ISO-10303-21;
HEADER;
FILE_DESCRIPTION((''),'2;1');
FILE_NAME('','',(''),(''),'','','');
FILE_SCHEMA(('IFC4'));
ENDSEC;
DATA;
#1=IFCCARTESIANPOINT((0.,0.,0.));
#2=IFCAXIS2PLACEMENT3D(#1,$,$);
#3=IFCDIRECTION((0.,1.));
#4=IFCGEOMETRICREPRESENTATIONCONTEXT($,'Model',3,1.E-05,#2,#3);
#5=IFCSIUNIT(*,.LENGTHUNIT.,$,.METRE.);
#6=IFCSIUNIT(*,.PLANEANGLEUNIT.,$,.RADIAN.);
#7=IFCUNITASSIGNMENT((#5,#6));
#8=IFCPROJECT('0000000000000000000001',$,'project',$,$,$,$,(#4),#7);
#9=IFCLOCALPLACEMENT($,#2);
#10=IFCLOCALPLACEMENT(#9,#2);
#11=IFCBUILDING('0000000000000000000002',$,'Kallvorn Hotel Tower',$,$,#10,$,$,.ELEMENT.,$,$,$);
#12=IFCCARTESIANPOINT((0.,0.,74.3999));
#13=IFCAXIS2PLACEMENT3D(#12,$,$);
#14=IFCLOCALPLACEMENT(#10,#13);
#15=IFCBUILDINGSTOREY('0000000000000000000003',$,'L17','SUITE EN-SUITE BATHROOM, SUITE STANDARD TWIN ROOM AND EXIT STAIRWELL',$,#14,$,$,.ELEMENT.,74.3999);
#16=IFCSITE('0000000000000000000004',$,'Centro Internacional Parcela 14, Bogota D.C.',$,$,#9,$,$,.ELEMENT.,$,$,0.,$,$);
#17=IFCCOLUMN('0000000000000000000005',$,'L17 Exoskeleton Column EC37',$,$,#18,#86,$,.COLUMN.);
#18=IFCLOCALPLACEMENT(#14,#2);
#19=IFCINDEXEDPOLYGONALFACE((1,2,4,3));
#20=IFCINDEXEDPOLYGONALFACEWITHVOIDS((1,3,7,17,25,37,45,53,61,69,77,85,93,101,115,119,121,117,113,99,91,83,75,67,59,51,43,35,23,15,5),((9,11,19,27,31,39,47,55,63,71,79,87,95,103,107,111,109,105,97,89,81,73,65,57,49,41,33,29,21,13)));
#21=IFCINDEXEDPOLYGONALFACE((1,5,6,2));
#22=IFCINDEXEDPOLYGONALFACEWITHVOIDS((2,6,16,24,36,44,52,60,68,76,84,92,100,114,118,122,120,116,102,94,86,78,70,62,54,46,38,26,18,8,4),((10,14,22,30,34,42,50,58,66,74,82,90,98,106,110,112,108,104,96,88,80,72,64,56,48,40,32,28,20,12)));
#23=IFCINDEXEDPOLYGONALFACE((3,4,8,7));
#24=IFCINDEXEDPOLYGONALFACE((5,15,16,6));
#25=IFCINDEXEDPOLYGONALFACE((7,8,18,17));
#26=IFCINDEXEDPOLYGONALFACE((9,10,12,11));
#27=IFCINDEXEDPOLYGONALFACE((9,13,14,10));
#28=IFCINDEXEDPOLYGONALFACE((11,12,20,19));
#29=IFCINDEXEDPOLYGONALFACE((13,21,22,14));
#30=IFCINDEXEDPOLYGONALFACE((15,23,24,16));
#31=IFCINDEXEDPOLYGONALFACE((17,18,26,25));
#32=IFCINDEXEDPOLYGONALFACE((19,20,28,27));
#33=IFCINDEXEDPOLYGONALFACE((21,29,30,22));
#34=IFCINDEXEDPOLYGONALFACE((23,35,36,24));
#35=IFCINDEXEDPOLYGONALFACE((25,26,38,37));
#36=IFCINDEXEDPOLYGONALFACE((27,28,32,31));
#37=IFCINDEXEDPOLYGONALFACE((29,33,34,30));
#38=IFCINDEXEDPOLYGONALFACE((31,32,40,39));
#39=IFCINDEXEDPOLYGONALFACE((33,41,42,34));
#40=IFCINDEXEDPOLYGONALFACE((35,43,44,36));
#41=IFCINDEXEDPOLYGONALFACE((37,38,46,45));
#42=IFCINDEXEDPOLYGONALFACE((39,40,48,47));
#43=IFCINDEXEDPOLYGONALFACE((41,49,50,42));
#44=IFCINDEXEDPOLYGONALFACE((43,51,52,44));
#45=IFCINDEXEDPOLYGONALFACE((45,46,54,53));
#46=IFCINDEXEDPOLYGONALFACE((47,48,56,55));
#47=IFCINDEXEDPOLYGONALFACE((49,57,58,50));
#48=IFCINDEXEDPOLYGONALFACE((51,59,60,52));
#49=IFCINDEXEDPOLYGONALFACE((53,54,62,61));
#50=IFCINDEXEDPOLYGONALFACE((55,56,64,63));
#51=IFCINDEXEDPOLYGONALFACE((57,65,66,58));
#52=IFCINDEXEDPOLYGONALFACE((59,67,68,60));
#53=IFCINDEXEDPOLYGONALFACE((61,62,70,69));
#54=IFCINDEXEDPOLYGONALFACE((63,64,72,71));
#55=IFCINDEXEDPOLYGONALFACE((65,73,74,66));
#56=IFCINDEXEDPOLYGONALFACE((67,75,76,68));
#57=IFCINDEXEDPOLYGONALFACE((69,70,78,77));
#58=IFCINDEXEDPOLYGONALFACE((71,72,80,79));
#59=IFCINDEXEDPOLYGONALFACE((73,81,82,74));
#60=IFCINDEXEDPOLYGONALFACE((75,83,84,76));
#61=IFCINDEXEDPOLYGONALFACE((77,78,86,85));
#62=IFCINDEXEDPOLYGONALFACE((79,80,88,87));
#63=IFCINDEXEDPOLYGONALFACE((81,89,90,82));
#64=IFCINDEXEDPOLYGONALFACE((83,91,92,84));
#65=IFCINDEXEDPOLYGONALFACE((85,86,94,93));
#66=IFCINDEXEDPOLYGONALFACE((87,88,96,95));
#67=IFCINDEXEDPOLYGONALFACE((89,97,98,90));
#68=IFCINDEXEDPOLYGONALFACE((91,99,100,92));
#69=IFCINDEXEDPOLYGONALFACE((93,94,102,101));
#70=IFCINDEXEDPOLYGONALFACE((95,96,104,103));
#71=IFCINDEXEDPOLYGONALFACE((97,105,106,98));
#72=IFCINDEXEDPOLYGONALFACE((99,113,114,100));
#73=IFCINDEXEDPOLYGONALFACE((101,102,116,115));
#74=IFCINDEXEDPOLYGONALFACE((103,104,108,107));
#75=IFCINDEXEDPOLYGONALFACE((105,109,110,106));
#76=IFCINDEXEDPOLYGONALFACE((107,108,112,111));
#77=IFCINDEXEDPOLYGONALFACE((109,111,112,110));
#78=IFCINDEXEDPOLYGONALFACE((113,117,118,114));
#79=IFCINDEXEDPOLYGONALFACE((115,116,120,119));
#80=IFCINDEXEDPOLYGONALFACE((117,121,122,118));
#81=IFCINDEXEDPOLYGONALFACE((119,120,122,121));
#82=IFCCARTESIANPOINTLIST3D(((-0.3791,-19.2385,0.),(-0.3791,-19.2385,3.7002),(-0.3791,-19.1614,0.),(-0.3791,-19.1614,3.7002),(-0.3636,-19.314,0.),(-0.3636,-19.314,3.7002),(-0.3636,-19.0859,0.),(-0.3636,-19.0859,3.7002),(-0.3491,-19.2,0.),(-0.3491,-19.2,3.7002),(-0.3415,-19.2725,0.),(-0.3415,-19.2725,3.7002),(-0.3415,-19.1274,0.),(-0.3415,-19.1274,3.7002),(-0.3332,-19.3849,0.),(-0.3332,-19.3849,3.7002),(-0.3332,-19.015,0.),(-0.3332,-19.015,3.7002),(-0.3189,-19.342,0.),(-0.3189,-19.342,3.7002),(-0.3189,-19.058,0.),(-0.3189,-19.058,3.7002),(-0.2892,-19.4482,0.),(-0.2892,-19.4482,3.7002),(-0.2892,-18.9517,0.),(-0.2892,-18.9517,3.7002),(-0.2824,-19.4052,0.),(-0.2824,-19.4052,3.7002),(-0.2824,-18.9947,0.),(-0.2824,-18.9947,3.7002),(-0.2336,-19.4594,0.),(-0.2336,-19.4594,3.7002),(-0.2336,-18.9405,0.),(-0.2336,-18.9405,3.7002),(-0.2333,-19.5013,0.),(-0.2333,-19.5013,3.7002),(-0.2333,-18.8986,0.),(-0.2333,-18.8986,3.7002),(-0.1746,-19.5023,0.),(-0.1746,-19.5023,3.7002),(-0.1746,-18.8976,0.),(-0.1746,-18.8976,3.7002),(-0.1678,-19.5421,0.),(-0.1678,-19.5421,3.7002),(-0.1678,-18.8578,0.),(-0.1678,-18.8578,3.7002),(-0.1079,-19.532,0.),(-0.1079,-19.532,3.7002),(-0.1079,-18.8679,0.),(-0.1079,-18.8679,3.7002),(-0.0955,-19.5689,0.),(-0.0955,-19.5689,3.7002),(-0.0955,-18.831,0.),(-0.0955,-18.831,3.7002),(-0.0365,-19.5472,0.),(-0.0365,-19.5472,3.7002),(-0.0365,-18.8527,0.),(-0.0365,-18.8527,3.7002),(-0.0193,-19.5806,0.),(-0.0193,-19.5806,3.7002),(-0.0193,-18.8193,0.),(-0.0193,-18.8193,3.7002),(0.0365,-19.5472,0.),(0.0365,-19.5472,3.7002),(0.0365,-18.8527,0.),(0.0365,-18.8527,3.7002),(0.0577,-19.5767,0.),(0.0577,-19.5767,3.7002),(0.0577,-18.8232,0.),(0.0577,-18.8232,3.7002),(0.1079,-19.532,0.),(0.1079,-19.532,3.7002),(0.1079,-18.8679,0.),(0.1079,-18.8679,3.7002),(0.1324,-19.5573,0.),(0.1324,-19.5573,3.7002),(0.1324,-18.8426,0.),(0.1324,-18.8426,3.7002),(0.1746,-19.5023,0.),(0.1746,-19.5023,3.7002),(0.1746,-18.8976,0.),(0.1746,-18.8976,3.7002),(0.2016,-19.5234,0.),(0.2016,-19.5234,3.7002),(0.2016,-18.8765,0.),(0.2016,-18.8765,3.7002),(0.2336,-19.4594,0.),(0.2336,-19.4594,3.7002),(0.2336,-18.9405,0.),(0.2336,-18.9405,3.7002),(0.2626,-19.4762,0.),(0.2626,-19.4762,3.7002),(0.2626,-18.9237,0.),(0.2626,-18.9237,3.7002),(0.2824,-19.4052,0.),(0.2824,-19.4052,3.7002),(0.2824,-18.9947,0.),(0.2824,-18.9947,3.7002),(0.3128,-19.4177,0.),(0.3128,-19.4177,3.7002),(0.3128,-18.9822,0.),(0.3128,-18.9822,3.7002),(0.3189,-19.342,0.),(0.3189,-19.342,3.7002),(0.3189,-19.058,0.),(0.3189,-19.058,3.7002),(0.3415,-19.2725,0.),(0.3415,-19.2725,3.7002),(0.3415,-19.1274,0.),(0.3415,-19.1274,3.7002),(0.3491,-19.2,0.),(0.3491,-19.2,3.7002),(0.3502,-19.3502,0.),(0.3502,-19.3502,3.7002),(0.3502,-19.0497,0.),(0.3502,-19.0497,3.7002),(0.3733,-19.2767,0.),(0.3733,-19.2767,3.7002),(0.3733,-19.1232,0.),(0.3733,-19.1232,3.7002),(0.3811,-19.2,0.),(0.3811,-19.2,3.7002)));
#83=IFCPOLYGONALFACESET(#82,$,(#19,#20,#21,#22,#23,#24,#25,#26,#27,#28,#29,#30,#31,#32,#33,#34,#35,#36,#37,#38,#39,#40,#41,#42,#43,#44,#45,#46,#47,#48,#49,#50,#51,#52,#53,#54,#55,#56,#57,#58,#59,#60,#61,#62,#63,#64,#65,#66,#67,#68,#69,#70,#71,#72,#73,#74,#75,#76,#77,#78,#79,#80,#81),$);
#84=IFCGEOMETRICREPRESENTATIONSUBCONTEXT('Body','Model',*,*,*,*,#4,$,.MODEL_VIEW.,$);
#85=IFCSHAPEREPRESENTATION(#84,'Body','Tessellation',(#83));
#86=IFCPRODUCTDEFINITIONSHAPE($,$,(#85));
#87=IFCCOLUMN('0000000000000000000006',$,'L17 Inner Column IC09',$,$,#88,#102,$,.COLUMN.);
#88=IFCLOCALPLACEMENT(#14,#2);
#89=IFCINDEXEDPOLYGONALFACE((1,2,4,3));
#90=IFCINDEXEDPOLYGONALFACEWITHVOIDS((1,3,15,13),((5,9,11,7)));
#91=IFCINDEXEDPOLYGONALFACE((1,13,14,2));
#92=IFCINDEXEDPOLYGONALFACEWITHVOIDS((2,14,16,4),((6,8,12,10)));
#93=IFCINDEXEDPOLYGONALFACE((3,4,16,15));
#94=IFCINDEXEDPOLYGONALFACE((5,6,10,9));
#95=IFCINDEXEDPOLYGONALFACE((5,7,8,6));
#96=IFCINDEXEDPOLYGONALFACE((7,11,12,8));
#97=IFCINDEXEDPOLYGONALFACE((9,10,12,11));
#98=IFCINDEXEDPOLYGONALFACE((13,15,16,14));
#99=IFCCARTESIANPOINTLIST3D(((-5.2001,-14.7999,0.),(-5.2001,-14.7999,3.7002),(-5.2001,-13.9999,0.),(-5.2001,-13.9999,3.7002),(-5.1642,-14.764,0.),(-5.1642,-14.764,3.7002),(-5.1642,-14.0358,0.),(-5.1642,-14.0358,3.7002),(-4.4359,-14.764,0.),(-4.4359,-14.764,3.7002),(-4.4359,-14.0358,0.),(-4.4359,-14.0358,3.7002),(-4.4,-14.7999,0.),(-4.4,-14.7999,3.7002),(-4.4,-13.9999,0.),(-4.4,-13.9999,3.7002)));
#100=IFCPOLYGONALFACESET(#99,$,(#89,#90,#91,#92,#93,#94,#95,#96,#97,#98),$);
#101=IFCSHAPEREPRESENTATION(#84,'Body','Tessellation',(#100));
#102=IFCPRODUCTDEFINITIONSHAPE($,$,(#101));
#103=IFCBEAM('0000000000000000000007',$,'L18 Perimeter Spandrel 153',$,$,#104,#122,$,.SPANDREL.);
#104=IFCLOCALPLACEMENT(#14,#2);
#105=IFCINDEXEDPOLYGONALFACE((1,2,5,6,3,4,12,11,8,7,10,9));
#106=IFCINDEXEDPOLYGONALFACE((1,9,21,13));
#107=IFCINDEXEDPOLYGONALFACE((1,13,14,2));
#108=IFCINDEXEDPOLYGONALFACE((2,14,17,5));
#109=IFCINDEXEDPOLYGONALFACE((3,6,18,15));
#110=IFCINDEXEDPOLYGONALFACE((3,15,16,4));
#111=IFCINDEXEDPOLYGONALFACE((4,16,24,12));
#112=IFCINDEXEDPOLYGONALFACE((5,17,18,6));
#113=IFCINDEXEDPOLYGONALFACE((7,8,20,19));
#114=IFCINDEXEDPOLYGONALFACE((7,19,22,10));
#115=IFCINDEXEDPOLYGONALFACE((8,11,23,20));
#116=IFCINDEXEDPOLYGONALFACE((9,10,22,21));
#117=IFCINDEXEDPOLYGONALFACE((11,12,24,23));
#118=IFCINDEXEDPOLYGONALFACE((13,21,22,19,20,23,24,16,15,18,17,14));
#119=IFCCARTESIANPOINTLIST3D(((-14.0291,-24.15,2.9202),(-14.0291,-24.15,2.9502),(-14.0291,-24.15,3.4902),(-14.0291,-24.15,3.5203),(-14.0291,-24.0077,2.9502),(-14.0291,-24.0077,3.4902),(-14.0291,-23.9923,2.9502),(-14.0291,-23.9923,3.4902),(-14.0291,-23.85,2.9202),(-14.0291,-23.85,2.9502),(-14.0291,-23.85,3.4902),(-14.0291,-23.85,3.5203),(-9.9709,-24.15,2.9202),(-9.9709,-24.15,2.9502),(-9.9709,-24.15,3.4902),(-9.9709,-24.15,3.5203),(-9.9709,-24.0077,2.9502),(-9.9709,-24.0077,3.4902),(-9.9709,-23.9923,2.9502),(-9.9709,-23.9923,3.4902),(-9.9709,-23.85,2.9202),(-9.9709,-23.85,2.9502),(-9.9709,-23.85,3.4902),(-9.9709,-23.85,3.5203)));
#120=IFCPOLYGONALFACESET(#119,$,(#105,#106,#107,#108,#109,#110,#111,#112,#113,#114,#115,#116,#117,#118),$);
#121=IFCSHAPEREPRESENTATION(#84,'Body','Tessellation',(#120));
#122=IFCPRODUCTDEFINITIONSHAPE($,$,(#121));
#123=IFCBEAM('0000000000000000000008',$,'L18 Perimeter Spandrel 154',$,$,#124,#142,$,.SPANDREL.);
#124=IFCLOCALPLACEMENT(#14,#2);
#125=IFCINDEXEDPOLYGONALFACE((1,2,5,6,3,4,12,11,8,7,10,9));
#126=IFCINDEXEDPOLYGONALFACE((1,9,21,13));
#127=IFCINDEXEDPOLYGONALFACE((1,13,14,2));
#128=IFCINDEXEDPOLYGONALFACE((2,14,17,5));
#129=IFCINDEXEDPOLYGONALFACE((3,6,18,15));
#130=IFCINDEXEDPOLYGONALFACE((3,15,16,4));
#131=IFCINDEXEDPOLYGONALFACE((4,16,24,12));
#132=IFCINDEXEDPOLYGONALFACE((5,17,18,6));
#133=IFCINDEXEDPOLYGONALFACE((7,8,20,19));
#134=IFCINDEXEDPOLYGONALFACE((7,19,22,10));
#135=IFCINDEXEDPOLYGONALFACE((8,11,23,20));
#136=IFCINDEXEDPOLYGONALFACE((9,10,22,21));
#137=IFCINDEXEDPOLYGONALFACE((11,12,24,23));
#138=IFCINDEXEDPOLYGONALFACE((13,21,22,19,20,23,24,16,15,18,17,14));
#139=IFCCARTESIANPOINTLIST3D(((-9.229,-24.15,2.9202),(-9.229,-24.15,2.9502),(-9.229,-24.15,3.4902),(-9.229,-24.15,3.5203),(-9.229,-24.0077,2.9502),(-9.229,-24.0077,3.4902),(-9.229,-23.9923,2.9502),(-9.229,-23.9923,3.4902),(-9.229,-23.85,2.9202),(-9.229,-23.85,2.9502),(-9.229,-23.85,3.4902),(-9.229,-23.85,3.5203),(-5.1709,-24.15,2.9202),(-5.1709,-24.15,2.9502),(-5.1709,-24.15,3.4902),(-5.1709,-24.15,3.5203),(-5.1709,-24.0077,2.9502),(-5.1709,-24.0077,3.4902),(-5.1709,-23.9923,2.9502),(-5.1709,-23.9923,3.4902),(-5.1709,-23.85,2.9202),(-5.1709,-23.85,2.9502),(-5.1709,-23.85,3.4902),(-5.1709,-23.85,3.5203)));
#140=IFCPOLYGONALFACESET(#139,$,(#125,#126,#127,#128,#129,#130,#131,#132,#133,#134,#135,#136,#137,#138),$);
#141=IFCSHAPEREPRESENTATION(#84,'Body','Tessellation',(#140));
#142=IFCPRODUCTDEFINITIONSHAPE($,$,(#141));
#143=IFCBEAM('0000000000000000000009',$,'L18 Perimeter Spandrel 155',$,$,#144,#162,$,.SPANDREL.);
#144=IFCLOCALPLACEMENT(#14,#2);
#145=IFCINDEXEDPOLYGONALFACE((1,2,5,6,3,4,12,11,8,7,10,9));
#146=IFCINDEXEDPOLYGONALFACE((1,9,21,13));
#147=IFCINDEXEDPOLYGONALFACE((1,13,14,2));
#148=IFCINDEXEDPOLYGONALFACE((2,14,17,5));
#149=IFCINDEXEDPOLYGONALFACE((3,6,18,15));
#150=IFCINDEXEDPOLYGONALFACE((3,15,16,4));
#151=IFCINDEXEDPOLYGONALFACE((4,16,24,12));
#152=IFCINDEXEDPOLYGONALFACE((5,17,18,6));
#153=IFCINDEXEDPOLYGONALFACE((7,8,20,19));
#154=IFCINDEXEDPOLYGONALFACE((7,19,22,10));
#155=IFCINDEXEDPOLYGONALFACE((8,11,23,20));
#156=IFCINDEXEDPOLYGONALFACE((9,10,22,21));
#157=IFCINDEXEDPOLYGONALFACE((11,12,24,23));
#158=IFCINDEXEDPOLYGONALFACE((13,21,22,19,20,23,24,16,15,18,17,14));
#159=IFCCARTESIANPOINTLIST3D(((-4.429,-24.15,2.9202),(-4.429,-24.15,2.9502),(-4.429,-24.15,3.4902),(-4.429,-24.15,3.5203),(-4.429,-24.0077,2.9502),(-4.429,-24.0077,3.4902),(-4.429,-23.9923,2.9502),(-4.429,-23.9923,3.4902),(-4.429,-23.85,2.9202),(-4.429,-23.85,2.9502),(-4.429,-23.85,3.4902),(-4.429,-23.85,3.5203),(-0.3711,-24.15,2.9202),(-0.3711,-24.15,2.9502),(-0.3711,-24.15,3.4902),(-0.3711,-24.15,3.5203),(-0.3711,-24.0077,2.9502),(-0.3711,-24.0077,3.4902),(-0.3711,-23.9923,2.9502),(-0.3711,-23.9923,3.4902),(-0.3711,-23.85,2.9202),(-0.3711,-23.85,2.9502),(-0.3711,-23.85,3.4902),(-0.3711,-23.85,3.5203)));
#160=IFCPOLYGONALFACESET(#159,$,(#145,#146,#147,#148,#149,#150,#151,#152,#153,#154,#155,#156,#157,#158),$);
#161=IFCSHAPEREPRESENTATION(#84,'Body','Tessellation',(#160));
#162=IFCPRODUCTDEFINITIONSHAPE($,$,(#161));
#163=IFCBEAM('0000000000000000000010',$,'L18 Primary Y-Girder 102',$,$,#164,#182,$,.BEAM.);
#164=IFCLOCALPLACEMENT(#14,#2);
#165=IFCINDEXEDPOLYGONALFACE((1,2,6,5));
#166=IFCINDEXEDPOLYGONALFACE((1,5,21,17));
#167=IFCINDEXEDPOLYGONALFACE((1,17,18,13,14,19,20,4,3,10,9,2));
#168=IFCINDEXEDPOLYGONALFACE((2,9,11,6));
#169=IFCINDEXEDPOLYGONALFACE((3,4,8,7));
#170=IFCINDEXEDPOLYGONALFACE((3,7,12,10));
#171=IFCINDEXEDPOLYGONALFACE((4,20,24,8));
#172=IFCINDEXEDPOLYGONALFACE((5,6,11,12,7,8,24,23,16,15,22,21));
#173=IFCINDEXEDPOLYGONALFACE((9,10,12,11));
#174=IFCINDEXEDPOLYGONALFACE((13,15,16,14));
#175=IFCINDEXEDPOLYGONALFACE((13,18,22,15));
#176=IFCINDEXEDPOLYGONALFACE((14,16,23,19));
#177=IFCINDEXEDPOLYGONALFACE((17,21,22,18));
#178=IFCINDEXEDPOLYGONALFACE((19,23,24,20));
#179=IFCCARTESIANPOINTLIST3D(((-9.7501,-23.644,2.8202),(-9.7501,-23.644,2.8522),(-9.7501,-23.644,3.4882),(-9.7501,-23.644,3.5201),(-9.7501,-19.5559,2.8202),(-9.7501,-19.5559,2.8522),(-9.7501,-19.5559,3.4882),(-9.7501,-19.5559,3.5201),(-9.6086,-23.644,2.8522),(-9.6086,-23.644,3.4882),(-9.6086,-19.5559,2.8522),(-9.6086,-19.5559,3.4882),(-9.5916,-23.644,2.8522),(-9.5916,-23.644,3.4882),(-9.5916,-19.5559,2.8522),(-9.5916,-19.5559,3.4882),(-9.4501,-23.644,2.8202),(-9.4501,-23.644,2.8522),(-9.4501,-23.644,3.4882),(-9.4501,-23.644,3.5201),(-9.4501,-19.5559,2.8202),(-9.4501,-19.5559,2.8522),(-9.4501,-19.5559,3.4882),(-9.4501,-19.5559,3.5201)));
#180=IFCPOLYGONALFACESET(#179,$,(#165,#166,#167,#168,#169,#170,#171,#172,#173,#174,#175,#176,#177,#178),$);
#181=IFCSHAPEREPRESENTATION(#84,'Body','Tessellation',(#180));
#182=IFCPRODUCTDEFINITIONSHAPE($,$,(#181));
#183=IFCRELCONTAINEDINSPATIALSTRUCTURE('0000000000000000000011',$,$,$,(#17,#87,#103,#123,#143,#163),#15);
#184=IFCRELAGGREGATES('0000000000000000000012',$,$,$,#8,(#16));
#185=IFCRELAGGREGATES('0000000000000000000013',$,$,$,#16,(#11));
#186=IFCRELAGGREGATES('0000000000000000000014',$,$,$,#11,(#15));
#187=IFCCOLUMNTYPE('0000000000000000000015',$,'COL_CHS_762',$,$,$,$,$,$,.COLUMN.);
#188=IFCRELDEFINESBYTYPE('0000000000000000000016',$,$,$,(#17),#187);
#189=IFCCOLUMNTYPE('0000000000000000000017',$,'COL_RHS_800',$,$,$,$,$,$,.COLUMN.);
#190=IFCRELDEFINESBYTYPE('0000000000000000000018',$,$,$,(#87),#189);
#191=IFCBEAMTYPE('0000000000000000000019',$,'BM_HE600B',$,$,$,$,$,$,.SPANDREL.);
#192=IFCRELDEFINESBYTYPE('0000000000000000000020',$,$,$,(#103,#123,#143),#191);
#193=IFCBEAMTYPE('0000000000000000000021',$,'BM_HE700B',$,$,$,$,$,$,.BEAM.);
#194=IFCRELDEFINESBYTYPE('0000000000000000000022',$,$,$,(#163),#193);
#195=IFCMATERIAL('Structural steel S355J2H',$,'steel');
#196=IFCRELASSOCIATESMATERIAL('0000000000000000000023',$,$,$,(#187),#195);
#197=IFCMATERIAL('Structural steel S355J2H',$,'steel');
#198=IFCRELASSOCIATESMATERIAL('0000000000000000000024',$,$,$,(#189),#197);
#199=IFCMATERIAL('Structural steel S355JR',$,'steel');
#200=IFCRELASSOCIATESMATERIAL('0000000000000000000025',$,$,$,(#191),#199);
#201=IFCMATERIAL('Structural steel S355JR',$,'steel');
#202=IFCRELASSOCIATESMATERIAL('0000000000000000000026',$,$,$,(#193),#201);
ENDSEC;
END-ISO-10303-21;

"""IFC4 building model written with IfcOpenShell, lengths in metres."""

from ifc_helpers import new_model, si_unit, direction, frame, origin, origin_2d, place, context, subcontext, project, spatial, hollow_rectangle, hollow_circle, i_section, extrude, material, material_profile, profile_set, type_object, element, save


model = new_model("IFC4")

# Units and contexts
model_context = context("Model", 3, precision=1e-05, world=origin(), true_north=direction((0.0, 1.0)))
body_context = subcontext(model_context, "Body", "Model", "MODEL_VIEW")
ifc_project = project(units=[si_unit("LENGTHUNIT", "METRE"), si_unit("PLANEANGLEUNIT", "RADIAN")], contexts=[model_context])

# Site, building, storey
site_placement = place(None, origin())
site = spatial("IfcSite", under=ifc_project, at=site_placement, Name="Centro Internacional Parcela 14, Bogota D.C.", CompositionType="ELEMENT", RefElevation=0.0)
building_placement = place(site_placement, origin())
building = spatial("IfcBuilding", under=site, at=building_placement, Name="Kallvorn Hotel Tower", CompositionType="ELEMENT")
storey_placement = place(building_placement, frame((0.0, 0.0, 74.3999)))
storey = spatial("IfcBuildingStorey", under=building, at=storey_placement, Name="L17", Description="SUITE EN-SUITE BATHROOM, SUITE STANDARD TWIN ROOM AND EXIT STAIRWELL", CompositionType="ELEMENT", Elevation=74.3999)

# Columns
ifc_material_1 = material(Name="Structural steel S355J2H", Category="steel")
ifc_material_profile_1 = material_profile(ifc_material_1, hollow_circle(Radius=0.3811, WallThickness=0.032, at=origin_2d()), Name="CHS 762x32")
ifc_profile_set_1 = profile_set([ifc_material_profile_1], Name="Structural steel S355J2H")
column_type_1 = type_object("IfcColumnType", Name="COL_CHS_762", PredefinedType="COLUMN", material=ifc_profile_set_1)
for number, where, z_axis, x_axis, name in (
    (1, (0.0, -19.2, 0.0), (0.0, 0.0, 1.0), (1.0, 0.0, 0.0), "L17 Exoskeleton Column EC37"),
):
    element("IfcColumn", number, at=place(storey_placement, frame(where, z_axis=z_axis, x_axis=x_axis)), inside=storey, type_object=column_type_1, Name=name, PredefinedType="COLUMN", context=body_context, shape_type="SweptSolid", body=[
        extrude(hollow_circle(Radius=0.3811, WallThickness=0.032, at=origin_2d()), origin(), (0.0, 0.0, 1.0), 3.7002),
    ])
ifc_material_2 = material(Name="Structural steel S355J2H", Category="steel")
ifc_material_profile_2 = material_profile(ifc_material_2, hollow_rectangle(XDim=0.8, YDim=0.8, WallThickness=0.0359, at=origin_2d()), Name="RHS 800x800x36")
ifc_profile_set_2 = profile_set([ifc_material_profile_2], Name="Structural steel S355J2H")
column_type_2 = type_object("IfcColumnType", Name="COL_RHS_800", PredefinedType="COLUMN", material=ifc_profile_set_2)
column_placement = place(storey_placement, frame((-4.8, -14.3999, 0.0), z_axis=(0.0, 0.0, 1.0), x_axis=(1.0, 0.0, 0.0)))
element("IfcColumn", 2, at=column_placement, inside=storey, type_object=column_type_2, Name="L17 Inner Column IC09", PredefinedType="COLUMN", context=body_context, shape_type="SweptSolid", body=[
    extrude(hollow_rectangle(XDim=0.8, YDim=0.8, WallThickness=0.0359, at=origin_2d()), origin(), (0.0, 0.0, 1.0), 3.7002),
])

# Beams
ifc_material_3 = material(Name="Structural steel S355JR", Category="steel")
ifc_material_profile_3 = material_profile(ifc_material_3, i_section(OverallWidth=0.3, OverallDepth=0.6001, WebThickness=0.0154, FlangeThickness=0.03, at=origin_2d()), Name="HE 600 B")
ifc_profile_set_3 = profile_set([ifc_material_profile_3], Name="Structural steel S355JR")
beam_type_1 = type_object("IfcBeamType", Name="BM_HE600B", PredefinedType="SPANDREL", material=ifc_profile_set_3)
for number, where, z_axis, x_axis, name in (
    (3, (-14.0291, -24.0, 3.2202), (1.0, 0.0, 0.0), (0.0, 1.0, 0.0), "L18 Perimeter Spandrel 153"),
    (4, (-9.229, -24.0, 3.2202), (1.0, 0.0, 0.0), (0.0, 1.0, 0.0), "L18 Perimeter Spandrel 154"),
):
    element("IfcBeam", number, at=place(storey_placement, frame(where, z_axis=z_axis, x_axis=x_axis)), inside=storey, type_object=beam_type_1, Name=name, PredefinedType="SPANDREL", context=body_context, shape_type="SweptSolid", body=[
        extrude(i_section(OverallWidth=0.3, OverallDepth=0.6001, WebThickness=0.0154, FlangeThickness=0.03, at=origin_2d()), origin(), (0.0, 0.0, 1.0), 4.0581),
    ])
beam_1_placement = place(storey_placement, frame((-4.429, -24.0, 3.2202), z_axis=(1.0, 0.0, 0.0), x_axis=(0.0, 1.0, 0.0)))
element("IfcBeam", 5, at=beam_1_placement, inside=storey, type_object=beam_type_1, Name="L18 Perimeter Spandrel 155", PredefinedType="SPANDREL", context=body_context, shape_type="SweptSolid", body=[
    extrude(i_section(OverallWidth=0.3, OverallDepth=0.6001, WebThickness=0.0154, FlangeThickness=0.03, at=origin_2d()), origin(), (0.0, 0.0, 1.0), 4.0579),
])
ifc_material_4 = material(Name="Structural steel S355JR", Category="steel")
ifc_material_profile_4 = material_profile(ifc_material_4, i_section(OverallWidth=0.3, OverallDepth=0.7, WebThickness=0.0171, FlangeThickness=0.032, at=origin_2d()), Name="HE 700 B")
ifc_profile_set_4 = profile_set([ifc_material_profile_4], Name="Structural steel S355JR")
beam_type_2 = type_object("IfcBeamType", Name="BM_HE700B", PredefinedType="BEAM", material=ifc_profile_set_4)
for number, where, z_axis, x_axis, name in (
    (6, (-9.6001, -23.644, 3.1702), (0.0, 1.0, 0.0), (-1.0, 0.0, 0.0), "L18 Primary Y-Girder 102"),
):
    element("IfcBeam", number, at=place(storey_placement, frame(where, z_axis=z_axis, x_axis=x_axis)), inside=storey, type_object=beam_type_2, Name=name, PredefinedType="BEAM", context=body_context, shape_type="SweptSolid", body=[
        extrude(i_section(OverallWidth=0.3, OverallDepth=0.7, WebThickness=0.0171, FlangeThickness=0.032, at=origin_2d()), origin(), (0.0, 0.0, 1.0), 4.0881),
    ])

save(model, "model.ifc")
